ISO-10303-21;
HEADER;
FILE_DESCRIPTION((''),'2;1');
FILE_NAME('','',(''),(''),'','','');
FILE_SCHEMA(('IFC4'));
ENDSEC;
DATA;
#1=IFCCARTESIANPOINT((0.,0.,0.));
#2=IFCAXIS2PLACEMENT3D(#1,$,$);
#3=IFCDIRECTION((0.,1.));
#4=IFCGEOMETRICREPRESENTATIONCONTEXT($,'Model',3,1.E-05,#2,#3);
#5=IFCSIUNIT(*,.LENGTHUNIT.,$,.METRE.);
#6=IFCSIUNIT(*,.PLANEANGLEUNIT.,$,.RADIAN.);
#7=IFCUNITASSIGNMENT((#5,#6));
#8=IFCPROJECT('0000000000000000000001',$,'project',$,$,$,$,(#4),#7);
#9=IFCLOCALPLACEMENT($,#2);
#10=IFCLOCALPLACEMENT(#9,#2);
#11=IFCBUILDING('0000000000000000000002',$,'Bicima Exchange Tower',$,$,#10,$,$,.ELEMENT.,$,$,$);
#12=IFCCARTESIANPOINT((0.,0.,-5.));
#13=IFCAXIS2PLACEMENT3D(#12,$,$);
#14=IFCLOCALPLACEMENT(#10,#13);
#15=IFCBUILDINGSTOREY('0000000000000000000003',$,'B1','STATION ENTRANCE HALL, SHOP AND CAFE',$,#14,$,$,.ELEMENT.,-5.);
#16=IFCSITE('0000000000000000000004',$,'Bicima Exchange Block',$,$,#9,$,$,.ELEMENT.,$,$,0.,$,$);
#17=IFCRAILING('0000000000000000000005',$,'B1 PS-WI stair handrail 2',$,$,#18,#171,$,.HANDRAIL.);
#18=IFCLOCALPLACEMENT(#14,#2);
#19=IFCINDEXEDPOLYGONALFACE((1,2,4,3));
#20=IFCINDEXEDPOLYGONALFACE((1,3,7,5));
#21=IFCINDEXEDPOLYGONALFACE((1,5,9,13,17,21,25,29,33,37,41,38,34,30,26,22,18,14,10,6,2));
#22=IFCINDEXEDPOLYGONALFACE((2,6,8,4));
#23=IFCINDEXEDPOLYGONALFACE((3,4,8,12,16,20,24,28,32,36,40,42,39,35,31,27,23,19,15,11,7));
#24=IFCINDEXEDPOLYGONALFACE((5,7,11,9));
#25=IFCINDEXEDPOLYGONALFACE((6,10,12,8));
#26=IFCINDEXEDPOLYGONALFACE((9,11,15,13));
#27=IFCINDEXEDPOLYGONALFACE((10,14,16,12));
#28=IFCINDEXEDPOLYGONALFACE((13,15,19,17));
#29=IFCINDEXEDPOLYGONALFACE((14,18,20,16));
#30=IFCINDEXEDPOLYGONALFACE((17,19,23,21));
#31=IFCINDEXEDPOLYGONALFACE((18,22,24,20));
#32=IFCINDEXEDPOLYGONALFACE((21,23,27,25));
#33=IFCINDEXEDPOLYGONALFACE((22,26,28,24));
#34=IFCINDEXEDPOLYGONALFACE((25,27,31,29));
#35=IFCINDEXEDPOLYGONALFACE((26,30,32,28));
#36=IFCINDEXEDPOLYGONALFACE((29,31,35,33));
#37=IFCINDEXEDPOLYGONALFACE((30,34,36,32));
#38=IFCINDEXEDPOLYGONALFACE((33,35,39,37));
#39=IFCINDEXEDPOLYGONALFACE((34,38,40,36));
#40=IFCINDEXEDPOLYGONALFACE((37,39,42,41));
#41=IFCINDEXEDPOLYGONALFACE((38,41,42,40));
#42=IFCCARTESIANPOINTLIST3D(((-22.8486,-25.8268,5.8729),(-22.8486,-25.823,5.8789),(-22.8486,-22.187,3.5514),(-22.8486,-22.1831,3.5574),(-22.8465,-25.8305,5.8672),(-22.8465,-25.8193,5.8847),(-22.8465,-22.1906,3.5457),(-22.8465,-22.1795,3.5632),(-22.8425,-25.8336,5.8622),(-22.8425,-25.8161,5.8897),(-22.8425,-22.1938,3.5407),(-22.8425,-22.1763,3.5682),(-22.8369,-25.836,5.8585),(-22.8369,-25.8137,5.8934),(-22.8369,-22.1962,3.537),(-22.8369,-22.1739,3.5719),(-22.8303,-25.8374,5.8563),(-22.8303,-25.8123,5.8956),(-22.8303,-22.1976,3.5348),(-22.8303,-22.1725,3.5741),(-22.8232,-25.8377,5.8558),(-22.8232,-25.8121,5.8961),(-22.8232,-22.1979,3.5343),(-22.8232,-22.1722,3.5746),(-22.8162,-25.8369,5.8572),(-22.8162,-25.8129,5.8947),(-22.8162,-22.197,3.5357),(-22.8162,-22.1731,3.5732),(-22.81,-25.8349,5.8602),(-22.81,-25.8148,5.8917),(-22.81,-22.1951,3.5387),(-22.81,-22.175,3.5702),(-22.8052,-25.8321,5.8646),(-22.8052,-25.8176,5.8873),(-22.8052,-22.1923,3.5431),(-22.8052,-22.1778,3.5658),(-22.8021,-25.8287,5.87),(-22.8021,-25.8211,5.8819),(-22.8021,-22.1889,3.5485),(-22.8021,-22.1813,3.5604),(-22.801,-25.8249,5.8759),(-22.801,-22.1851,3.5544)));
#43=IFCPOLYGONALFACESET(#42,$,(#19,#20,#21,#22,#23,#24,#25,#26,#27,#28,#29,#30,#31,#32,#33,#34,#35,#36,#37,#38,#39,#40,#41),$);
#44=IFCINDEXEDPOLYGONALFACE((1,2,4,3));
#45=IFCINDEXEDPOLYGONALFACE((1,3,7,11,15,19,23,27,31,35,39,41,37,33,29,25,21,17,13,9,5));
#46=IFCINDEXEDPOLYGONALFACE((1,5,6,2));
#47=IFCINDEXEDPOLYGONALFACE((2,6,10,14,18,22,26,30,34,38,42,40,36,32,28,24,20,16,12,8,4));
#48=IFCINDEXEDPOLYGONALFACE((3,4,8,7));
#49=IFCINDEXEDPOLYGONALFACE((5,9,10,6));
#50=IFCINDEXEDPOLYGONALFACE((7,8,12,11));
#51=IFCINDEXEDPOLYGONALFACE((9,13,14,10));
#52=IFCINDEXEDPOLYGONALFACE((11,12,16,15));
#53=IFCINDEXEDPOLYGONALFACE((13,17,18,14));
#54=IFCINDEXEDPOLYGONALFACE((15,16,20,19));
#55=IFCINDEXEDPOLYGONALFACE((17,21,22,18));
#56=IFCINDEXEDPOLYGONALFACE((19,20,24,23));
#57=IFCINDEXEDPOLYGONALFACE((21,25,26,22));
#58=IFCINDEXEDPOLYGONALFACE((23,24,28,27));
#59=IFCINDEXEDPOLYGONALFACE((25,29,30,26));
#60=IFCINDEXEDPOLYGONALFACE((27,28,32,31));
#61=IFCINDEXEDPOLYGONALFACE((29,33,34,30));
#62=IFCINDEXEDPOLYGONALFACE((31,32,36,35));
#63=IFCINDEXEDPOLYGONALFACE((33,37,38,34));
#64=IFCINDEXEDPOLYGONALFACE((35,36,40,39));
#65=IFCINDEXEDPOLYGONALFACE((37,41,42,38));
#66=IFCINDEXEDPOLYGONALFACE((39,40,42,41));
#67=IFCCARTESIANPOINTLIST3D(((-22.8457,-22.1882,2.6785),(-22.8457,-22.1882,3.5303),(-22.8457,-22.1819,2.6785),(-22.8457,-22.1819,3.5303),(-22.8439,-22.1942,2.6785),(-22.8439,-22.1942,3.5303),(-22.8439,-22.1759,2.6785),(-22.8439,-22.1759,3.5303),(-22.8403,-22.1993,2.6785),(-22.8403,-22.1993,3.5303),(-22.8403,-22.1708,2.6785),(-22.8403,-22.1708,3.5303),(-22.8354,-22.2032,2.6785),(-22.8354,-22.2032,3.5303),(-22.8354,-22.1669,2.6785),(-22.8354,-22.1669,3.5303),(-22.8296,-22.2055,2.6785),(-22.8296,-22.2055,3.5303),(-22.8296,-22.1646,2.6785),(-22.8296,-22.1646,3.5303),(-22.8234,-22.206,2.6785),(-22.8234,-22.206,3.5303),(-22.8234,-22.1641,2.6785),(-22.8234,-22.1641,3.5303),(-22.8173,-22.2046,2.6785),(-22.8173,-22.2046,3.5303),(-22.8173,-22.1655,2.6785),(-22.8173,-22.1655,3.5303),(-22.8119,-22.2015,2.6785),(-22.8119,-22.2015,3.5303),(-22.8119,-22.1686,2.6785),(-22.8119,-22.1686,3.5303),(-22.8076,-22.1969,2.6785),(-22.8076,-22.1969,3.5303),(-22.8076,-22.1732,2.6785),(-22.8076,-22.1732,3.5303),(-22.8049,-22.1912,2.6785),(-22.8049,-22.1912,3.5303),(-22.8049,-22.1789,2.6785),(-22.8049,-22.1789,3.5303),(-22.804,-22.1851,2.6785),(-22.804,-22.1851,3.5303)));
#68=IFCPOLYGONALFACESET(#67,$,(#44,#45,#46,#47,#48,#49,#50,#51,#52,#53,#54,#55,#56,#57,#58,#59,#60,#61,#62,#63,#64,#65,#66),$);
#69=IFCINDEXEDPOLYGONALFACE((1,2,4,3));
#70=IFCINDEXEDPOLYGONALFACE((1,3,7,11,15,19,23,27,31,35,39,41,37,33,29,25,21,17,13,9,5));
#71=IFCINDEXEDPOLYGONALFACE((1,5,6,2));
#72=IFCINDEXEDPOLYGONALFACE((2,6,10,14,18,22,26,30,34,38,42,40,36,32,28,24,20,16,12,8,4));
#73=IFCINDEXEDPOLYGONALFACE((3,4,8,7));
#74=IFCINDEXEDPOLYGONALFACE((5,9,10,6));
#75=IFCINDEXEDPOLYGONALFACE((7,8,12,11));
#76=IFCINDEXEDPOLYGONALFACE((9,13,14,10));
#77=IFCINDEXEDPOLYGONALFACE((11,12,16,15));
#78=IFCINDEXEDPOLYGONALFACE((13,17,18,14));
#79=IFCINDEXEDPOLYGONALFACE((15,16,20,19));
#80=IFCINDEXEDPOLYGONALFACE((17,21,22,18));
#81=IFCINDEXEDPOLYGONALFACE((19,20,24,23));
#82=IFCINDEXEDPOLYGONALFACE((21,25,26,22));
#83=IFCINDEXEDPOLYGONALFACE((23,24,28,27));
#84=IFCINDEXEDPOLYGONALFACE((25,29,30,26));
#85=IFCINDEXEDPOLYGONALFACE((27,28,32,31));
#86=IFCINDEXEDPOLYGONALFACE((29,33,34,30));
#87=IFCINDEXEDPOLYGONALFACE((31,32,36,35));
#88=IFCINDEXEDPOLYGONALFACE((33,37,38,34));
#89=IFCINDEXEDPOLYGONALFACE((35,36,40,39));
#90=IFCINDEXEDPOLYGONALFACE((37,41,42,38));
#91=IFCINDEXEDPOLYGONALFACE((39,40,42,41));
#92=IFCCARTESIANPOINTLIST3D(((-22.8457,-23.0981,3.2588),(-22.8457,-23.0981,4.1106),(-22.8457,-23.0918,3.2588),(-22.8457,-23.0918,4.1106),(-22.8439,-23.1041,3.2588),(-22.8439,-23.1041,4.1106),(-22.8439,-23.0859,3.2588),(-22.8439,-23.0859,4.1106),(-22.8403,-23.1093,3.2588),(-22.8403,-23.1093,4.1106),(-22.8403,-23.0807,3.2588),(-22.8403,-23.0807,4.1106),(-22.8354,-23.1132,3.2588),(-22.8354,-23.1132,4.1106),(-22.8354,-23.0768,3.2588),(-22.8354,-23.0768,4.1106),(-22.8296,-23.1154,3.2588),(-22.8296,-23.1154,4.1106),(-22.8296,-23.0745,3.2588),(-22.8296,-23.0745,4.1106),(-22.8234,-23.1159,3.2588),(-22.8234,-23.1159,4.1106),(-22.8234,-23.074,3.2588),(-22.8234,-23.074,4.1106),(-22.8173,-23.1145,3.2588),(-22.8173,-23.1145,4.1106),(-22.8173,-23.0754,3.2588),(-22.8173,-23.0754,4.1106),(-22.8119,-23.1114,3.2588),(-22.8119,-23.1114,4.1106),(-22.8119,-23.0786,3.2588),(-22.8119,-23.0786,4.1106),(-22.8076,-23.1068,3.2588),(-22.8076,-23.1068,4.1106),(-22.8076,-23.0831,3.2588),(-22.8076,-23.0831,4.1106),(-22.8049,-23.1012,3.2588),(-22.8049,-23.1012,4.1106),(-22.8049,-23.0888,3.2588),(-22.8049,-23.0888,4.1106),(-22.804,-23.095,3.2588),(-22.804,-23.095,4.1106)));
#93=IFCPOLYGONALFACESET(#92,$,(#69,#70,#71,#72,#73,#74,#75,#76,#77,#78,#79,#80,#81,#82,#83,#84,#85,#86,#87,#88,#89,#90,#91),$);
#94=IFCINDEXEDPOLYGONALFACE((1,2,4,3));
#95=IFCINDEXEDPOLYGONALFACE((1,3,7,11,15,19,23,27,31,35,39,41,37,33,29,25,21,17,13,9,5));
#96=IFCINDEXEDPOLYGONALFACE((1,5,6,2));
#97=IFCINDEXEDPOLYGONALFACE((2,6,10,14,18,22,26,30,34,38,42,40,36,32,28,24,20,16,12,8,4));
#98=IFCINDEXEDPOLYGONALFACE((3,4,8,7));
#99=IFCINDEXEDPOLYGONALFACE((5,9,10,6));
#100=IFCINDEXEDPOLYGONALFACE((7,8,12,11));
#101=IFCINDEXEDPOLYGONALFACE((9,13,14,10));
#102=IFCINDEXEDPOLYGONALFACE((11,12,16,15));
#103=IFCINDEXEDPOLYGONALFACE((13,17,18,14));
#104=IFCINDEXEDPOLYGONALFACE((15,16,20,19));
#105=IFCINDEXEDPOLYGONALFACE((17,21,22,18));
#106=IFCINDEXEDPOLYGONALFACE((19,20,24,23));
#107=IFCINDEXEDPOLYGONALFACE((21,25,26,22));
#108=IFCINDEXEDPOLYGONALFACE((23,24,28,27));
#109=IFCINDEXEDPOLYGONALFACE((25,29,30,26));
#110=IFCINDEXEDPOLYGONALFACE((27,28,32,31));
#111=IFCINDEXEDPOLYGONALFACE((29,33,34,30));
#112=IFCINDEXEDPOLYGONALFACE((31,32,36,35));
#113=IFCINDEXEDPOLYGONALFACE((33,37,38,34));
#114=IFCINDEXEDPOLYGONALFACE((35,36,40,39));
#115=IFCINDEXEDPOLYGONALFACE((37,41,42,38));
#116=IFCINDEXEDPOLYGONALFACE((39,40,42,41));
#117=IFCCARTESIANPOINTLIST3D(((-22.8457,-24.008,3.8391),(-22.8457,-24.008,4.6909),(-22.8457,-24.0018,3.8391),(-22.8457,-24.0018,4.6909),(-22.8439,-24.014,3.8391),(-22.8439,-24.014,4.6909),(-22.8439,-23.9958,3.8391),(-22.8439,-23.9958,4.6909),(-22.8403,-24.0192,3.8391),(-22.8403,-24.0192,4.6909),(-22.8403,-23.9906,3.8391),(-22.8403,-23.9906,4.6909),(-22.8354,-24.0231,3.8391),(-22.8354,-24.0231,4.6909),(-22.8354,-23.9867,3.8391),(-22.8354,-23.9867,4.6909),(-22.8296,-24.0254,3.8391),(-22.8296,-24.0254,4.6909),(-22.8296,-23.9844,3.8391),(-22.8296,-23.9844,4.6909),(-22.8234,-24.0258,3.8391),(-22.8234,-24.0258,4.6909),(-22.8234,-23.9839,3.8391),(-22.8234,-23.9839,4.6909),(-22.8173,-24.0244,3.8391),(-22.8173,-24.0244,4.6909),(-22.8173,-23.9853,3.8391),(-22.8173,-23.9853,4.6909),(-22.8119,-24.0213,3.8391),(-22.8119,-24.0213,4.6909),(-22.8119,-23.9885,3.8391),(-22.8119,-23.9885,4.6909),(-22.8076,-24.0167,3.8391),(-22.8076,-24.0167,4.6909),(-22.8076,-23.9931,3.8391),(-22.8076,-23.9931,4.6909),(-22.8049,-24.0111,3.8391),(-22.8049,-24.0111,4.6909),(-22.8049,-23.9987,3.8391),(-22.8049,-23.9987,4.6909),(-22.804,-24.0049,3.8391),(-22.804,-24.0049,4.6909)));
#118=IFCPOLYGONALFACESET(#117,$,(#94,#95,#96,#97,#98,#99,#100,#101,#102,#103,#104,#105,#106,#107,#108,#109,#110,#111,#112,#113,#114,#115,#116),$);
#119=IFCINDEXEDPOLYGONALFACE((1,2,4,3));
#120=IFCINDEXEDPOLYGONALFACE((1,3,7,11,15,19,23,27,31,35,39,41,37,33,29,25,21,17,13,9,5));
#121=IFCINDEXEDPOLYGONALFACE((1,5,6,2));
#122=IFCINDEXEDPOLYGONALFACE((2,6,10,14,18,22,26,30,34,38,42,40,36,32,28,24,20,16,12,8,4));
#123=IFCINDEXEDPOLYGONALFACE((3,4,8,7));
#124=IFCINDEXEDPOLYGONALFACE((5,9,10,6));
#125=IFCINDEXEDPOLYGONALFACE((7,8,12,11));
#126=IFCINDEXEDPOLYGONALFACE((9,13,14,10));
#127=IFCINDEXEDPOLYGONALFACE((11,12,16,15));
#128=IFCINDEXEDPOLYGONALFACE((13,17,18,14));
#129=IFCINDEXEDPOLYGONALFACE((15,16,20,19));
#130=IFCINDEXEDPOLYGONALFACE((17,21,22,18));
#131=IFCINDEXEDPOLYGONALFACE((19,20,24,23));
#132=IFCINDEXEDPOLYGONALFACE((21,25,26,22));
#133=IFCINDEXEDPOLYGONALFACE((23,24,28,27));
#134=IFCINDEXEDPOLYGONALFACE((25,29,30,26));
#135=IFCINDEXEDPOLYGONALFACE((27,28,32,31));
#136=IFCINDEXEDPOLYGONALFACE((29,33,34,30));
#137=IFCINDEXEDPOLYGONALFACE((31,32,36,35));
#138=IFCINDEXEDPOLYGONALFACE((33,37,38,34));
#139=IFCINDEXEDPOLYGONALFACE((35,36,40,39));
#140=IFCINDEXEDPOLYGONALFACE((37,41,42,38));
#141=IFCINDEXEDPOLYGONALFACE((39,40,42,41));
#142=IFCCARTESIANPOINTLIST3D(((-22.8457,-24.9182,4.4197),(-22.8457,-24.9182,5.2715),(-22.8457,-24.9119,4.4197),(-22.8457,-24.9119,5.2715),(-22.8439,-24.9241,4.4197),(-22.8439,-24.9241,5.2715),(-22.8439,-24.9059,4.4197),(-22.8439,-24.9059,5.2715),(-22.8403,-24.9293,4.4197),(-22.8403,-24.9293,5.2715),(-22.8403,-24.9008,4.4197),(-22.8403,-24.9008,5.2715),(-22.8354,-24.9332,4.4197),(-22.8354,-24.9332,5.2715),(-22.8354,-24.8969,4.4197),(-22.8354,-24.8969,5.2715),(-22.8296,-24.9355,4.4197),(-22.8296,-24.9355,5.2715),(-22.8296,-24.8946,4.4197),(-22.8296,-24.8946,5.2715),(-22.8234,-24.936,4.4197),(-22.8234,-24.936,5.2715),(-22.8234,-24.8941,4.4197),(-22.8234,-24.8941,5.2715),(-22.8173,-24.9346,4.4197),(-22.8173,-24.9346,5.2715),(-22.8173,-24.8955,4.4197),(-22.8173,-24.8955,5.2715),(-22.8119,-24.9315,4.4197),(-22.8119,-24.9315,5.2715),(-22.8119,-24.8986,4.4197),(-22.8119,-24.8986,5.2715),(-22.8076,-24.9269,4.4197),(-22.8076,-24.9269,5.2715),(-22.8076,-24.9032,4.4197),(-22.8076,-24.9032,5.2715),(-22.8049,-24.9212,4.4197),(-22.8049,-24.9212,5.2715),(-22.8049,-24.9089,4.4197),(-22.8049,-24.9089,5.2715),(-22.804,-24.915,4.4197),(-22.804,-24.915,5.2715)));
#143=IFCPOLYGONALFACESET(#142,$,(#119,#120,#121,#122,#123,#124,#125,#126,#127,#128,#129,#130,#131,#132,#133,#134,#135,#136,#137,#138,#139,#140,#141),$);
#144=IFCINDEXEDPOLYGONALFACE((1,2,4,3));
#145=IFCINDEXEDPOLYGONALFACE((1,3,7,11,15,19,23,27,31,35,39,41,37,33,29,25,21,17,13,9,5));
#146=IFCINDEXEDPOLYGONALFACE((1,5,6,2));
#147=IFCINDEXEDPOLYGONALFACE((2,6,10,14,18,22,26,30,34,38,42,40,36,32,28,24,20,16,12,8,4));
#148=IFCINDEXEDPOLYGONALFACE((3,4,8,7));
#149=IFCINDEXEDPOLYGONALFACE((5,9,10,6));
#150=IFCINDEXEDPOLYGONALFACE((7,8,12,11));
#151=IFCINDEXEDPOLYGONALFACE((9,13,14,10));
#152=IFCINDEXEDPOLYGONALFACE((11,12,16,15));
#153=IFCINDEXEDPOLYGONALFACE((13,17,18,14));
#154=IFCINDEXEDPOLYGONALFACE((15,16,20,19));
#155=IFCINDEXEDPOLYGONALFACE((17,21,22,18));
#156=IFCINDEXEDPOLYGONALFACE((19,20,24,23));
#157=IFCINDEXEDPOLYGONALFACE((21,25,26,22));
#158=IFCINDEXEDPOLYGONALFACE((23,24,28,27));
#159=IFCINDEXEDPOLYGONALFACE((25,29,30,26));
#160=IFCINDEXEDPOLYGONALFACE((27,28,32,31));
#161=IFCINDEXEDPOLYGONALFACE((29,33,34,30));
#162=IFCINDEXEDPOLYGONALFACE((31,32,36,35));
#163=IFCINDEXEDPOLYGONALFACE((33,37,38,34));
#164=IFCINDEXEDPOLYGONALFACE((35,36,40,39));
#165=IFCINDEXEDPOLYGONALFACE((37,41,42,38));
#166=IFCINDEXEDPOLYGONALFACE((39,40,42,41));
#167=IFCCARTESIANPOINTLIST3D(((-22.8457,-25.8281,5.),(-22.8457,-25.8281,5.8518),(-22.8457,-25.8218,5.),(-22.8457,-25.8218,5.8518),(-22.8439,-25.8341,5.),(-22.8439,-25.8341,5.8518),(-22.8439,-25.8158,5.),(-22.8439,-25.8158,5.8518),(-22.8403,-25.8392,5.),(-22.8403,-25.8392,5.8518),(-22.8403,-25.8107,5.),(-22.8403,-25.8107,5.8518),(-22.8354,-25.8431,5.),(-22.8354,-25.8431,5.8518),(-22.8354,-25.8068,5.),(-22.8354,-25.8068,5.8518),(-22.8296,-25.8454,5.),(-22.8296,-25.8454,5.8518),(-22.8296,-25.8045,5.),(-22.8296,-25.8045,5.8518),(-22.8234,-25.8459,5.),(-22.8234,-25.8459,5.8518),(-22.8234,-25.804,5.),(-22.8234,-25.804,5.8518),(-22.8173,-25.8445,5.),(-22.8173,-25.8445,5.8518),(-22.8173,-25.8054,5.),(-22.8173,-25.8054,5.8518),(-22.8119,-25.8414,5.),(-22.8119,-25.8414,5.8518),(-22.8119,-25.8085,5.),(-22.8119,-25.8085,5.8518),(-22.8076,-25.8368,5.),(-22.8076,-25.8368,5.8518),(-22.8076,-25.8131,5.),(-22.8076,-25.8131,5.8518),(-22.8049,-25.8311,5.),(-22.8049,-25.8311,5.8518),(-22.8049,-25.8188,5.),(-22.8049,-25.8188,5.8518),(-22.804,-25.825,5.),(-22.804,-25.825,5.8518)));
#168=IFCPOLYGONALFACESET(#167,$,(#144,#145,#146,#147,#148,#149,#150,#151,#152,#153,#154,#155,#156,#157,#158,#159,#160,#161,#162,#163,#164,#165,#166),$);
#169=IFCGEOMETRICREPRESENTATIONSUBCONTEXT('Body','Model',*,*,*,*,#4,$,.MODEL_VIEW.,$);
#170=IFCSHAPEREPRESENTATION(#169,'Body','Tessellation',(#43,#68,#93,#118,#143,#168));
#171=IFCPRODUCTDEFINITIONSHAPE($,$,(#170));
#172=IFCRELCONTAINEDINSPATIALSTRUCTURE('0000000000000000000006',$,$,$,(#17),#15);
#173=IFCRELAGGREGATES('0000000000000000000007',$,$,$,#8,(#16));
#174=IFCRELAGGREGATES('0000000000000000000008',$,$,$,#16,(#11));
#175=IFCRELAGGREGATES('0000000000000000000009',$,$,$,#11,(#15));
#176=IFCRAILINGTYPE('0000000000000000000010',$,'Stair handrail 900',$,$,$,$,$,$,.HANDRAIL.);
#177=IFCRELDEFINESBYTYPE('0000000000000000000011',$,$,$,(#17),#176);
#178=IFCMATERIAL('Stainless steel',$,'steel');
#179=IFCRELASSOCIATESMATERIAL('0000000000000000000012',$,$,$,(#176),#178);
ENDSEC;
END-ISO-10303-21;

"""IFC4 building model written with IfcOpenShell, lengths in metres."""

from ifc_helpers import new_model, si_unit, direction, frame, origin, origin_2d, place, context, subcontext, project, spatial, circle, extrude, material, type_object, element, save


model = new_model("IFC4")

# Units and contexts
model_context = context("Model", 3, precision=1e-05, world=origin(), true_north=direction((0.0, 1.0)))
body_context = subcontext(model_context, "Body", "Model", "MODEL_VIEW")
ifc_project = project(units=[si_unit("LENGTHUNIT", "METRE"), si_unit("PLANEANGLEUNIT", "RADIAN")], contexts=[model_context])

# Site, building, storey
site_placement = place(None, origin())
site = spatial("IfcSite", under=ifc_project, at=site_placement, Name="Bicima Exchange Block", CompositionType="ELEMENT", RefElevation=0.0)
building_placement = place(site_placement, origin())
building = spatial("IfcBuilding", under=site, at=building_placement, Name="Bicima Exchange Tower", CompositionType="ELEMENT")
storey_placement = place(building_placement, frame((0.0, 0.0, -5.0)))
storey = spatial("IfcBuildingStorey", under=building, at=storey_placement, Name="B1", Description="STATION ENTRANCE HALL, SHOP AND CAFE", CompositionType="ELEMENT", Elevation=-5.0)

# Railing
ifc_material_1 = material(Name="Stainless steel", Category="steel")
railing_type_1 = type_object("IfcRailingType", Name="Stair handrail 900", PredefinedType="HANDRAIL", material=ifc_material_1)
railing_1_placement = place(storey_placement, frame((-22.825, -22.1851, 2.6785)))
element("IfcRailing", 1, at=railing_1_placement, inside=storey, type_object=railing_type_1, Name="B1 PS-WI stair handrail 2", PredefinedType="HANDRAIL", context=body_context, shape_type="SweptSolid", body=[
    extrude(circle(Radius=0.0239, at=origin_2d()), frame((0.0, 0.0, 0.876), z_axis=(0.0, -0.843112, 0.537739), x_axis=(1.0, 0.0, 0.0)), (0.0, 0.0, 1.0), 4.3171),
    extrude(circle(Radius=0.021, at=origin_2d()), origin(), (0.0, 0.0, 1.0), 0.8518),
    extrude(circle(Radius=0.021, at=origin_2d()), frame((0.0, -0.9099, 0.5803)), (0.0, 0.0, 1.0), 0.8518),
    extrude(circle(Radius=0.021, at=origin_2d()), frame((0.0, -1.8198, 1.1606)), (0.0, 0.0, 1.0), 0.8518),
    extrude(circle(Radius=0.021, at=origin_2d()), frame((0.0, -2.73, 1.7412)), (0.0, 0.0, 1.0), 0.8518),
    extrude(circle(Radius=0.021, at=origin_2d()), frame((0.0, -3.6399, 2.3215)), (0.0, 0.0, 1.0), 0.8518),
])

save(model, "model.ifc")
